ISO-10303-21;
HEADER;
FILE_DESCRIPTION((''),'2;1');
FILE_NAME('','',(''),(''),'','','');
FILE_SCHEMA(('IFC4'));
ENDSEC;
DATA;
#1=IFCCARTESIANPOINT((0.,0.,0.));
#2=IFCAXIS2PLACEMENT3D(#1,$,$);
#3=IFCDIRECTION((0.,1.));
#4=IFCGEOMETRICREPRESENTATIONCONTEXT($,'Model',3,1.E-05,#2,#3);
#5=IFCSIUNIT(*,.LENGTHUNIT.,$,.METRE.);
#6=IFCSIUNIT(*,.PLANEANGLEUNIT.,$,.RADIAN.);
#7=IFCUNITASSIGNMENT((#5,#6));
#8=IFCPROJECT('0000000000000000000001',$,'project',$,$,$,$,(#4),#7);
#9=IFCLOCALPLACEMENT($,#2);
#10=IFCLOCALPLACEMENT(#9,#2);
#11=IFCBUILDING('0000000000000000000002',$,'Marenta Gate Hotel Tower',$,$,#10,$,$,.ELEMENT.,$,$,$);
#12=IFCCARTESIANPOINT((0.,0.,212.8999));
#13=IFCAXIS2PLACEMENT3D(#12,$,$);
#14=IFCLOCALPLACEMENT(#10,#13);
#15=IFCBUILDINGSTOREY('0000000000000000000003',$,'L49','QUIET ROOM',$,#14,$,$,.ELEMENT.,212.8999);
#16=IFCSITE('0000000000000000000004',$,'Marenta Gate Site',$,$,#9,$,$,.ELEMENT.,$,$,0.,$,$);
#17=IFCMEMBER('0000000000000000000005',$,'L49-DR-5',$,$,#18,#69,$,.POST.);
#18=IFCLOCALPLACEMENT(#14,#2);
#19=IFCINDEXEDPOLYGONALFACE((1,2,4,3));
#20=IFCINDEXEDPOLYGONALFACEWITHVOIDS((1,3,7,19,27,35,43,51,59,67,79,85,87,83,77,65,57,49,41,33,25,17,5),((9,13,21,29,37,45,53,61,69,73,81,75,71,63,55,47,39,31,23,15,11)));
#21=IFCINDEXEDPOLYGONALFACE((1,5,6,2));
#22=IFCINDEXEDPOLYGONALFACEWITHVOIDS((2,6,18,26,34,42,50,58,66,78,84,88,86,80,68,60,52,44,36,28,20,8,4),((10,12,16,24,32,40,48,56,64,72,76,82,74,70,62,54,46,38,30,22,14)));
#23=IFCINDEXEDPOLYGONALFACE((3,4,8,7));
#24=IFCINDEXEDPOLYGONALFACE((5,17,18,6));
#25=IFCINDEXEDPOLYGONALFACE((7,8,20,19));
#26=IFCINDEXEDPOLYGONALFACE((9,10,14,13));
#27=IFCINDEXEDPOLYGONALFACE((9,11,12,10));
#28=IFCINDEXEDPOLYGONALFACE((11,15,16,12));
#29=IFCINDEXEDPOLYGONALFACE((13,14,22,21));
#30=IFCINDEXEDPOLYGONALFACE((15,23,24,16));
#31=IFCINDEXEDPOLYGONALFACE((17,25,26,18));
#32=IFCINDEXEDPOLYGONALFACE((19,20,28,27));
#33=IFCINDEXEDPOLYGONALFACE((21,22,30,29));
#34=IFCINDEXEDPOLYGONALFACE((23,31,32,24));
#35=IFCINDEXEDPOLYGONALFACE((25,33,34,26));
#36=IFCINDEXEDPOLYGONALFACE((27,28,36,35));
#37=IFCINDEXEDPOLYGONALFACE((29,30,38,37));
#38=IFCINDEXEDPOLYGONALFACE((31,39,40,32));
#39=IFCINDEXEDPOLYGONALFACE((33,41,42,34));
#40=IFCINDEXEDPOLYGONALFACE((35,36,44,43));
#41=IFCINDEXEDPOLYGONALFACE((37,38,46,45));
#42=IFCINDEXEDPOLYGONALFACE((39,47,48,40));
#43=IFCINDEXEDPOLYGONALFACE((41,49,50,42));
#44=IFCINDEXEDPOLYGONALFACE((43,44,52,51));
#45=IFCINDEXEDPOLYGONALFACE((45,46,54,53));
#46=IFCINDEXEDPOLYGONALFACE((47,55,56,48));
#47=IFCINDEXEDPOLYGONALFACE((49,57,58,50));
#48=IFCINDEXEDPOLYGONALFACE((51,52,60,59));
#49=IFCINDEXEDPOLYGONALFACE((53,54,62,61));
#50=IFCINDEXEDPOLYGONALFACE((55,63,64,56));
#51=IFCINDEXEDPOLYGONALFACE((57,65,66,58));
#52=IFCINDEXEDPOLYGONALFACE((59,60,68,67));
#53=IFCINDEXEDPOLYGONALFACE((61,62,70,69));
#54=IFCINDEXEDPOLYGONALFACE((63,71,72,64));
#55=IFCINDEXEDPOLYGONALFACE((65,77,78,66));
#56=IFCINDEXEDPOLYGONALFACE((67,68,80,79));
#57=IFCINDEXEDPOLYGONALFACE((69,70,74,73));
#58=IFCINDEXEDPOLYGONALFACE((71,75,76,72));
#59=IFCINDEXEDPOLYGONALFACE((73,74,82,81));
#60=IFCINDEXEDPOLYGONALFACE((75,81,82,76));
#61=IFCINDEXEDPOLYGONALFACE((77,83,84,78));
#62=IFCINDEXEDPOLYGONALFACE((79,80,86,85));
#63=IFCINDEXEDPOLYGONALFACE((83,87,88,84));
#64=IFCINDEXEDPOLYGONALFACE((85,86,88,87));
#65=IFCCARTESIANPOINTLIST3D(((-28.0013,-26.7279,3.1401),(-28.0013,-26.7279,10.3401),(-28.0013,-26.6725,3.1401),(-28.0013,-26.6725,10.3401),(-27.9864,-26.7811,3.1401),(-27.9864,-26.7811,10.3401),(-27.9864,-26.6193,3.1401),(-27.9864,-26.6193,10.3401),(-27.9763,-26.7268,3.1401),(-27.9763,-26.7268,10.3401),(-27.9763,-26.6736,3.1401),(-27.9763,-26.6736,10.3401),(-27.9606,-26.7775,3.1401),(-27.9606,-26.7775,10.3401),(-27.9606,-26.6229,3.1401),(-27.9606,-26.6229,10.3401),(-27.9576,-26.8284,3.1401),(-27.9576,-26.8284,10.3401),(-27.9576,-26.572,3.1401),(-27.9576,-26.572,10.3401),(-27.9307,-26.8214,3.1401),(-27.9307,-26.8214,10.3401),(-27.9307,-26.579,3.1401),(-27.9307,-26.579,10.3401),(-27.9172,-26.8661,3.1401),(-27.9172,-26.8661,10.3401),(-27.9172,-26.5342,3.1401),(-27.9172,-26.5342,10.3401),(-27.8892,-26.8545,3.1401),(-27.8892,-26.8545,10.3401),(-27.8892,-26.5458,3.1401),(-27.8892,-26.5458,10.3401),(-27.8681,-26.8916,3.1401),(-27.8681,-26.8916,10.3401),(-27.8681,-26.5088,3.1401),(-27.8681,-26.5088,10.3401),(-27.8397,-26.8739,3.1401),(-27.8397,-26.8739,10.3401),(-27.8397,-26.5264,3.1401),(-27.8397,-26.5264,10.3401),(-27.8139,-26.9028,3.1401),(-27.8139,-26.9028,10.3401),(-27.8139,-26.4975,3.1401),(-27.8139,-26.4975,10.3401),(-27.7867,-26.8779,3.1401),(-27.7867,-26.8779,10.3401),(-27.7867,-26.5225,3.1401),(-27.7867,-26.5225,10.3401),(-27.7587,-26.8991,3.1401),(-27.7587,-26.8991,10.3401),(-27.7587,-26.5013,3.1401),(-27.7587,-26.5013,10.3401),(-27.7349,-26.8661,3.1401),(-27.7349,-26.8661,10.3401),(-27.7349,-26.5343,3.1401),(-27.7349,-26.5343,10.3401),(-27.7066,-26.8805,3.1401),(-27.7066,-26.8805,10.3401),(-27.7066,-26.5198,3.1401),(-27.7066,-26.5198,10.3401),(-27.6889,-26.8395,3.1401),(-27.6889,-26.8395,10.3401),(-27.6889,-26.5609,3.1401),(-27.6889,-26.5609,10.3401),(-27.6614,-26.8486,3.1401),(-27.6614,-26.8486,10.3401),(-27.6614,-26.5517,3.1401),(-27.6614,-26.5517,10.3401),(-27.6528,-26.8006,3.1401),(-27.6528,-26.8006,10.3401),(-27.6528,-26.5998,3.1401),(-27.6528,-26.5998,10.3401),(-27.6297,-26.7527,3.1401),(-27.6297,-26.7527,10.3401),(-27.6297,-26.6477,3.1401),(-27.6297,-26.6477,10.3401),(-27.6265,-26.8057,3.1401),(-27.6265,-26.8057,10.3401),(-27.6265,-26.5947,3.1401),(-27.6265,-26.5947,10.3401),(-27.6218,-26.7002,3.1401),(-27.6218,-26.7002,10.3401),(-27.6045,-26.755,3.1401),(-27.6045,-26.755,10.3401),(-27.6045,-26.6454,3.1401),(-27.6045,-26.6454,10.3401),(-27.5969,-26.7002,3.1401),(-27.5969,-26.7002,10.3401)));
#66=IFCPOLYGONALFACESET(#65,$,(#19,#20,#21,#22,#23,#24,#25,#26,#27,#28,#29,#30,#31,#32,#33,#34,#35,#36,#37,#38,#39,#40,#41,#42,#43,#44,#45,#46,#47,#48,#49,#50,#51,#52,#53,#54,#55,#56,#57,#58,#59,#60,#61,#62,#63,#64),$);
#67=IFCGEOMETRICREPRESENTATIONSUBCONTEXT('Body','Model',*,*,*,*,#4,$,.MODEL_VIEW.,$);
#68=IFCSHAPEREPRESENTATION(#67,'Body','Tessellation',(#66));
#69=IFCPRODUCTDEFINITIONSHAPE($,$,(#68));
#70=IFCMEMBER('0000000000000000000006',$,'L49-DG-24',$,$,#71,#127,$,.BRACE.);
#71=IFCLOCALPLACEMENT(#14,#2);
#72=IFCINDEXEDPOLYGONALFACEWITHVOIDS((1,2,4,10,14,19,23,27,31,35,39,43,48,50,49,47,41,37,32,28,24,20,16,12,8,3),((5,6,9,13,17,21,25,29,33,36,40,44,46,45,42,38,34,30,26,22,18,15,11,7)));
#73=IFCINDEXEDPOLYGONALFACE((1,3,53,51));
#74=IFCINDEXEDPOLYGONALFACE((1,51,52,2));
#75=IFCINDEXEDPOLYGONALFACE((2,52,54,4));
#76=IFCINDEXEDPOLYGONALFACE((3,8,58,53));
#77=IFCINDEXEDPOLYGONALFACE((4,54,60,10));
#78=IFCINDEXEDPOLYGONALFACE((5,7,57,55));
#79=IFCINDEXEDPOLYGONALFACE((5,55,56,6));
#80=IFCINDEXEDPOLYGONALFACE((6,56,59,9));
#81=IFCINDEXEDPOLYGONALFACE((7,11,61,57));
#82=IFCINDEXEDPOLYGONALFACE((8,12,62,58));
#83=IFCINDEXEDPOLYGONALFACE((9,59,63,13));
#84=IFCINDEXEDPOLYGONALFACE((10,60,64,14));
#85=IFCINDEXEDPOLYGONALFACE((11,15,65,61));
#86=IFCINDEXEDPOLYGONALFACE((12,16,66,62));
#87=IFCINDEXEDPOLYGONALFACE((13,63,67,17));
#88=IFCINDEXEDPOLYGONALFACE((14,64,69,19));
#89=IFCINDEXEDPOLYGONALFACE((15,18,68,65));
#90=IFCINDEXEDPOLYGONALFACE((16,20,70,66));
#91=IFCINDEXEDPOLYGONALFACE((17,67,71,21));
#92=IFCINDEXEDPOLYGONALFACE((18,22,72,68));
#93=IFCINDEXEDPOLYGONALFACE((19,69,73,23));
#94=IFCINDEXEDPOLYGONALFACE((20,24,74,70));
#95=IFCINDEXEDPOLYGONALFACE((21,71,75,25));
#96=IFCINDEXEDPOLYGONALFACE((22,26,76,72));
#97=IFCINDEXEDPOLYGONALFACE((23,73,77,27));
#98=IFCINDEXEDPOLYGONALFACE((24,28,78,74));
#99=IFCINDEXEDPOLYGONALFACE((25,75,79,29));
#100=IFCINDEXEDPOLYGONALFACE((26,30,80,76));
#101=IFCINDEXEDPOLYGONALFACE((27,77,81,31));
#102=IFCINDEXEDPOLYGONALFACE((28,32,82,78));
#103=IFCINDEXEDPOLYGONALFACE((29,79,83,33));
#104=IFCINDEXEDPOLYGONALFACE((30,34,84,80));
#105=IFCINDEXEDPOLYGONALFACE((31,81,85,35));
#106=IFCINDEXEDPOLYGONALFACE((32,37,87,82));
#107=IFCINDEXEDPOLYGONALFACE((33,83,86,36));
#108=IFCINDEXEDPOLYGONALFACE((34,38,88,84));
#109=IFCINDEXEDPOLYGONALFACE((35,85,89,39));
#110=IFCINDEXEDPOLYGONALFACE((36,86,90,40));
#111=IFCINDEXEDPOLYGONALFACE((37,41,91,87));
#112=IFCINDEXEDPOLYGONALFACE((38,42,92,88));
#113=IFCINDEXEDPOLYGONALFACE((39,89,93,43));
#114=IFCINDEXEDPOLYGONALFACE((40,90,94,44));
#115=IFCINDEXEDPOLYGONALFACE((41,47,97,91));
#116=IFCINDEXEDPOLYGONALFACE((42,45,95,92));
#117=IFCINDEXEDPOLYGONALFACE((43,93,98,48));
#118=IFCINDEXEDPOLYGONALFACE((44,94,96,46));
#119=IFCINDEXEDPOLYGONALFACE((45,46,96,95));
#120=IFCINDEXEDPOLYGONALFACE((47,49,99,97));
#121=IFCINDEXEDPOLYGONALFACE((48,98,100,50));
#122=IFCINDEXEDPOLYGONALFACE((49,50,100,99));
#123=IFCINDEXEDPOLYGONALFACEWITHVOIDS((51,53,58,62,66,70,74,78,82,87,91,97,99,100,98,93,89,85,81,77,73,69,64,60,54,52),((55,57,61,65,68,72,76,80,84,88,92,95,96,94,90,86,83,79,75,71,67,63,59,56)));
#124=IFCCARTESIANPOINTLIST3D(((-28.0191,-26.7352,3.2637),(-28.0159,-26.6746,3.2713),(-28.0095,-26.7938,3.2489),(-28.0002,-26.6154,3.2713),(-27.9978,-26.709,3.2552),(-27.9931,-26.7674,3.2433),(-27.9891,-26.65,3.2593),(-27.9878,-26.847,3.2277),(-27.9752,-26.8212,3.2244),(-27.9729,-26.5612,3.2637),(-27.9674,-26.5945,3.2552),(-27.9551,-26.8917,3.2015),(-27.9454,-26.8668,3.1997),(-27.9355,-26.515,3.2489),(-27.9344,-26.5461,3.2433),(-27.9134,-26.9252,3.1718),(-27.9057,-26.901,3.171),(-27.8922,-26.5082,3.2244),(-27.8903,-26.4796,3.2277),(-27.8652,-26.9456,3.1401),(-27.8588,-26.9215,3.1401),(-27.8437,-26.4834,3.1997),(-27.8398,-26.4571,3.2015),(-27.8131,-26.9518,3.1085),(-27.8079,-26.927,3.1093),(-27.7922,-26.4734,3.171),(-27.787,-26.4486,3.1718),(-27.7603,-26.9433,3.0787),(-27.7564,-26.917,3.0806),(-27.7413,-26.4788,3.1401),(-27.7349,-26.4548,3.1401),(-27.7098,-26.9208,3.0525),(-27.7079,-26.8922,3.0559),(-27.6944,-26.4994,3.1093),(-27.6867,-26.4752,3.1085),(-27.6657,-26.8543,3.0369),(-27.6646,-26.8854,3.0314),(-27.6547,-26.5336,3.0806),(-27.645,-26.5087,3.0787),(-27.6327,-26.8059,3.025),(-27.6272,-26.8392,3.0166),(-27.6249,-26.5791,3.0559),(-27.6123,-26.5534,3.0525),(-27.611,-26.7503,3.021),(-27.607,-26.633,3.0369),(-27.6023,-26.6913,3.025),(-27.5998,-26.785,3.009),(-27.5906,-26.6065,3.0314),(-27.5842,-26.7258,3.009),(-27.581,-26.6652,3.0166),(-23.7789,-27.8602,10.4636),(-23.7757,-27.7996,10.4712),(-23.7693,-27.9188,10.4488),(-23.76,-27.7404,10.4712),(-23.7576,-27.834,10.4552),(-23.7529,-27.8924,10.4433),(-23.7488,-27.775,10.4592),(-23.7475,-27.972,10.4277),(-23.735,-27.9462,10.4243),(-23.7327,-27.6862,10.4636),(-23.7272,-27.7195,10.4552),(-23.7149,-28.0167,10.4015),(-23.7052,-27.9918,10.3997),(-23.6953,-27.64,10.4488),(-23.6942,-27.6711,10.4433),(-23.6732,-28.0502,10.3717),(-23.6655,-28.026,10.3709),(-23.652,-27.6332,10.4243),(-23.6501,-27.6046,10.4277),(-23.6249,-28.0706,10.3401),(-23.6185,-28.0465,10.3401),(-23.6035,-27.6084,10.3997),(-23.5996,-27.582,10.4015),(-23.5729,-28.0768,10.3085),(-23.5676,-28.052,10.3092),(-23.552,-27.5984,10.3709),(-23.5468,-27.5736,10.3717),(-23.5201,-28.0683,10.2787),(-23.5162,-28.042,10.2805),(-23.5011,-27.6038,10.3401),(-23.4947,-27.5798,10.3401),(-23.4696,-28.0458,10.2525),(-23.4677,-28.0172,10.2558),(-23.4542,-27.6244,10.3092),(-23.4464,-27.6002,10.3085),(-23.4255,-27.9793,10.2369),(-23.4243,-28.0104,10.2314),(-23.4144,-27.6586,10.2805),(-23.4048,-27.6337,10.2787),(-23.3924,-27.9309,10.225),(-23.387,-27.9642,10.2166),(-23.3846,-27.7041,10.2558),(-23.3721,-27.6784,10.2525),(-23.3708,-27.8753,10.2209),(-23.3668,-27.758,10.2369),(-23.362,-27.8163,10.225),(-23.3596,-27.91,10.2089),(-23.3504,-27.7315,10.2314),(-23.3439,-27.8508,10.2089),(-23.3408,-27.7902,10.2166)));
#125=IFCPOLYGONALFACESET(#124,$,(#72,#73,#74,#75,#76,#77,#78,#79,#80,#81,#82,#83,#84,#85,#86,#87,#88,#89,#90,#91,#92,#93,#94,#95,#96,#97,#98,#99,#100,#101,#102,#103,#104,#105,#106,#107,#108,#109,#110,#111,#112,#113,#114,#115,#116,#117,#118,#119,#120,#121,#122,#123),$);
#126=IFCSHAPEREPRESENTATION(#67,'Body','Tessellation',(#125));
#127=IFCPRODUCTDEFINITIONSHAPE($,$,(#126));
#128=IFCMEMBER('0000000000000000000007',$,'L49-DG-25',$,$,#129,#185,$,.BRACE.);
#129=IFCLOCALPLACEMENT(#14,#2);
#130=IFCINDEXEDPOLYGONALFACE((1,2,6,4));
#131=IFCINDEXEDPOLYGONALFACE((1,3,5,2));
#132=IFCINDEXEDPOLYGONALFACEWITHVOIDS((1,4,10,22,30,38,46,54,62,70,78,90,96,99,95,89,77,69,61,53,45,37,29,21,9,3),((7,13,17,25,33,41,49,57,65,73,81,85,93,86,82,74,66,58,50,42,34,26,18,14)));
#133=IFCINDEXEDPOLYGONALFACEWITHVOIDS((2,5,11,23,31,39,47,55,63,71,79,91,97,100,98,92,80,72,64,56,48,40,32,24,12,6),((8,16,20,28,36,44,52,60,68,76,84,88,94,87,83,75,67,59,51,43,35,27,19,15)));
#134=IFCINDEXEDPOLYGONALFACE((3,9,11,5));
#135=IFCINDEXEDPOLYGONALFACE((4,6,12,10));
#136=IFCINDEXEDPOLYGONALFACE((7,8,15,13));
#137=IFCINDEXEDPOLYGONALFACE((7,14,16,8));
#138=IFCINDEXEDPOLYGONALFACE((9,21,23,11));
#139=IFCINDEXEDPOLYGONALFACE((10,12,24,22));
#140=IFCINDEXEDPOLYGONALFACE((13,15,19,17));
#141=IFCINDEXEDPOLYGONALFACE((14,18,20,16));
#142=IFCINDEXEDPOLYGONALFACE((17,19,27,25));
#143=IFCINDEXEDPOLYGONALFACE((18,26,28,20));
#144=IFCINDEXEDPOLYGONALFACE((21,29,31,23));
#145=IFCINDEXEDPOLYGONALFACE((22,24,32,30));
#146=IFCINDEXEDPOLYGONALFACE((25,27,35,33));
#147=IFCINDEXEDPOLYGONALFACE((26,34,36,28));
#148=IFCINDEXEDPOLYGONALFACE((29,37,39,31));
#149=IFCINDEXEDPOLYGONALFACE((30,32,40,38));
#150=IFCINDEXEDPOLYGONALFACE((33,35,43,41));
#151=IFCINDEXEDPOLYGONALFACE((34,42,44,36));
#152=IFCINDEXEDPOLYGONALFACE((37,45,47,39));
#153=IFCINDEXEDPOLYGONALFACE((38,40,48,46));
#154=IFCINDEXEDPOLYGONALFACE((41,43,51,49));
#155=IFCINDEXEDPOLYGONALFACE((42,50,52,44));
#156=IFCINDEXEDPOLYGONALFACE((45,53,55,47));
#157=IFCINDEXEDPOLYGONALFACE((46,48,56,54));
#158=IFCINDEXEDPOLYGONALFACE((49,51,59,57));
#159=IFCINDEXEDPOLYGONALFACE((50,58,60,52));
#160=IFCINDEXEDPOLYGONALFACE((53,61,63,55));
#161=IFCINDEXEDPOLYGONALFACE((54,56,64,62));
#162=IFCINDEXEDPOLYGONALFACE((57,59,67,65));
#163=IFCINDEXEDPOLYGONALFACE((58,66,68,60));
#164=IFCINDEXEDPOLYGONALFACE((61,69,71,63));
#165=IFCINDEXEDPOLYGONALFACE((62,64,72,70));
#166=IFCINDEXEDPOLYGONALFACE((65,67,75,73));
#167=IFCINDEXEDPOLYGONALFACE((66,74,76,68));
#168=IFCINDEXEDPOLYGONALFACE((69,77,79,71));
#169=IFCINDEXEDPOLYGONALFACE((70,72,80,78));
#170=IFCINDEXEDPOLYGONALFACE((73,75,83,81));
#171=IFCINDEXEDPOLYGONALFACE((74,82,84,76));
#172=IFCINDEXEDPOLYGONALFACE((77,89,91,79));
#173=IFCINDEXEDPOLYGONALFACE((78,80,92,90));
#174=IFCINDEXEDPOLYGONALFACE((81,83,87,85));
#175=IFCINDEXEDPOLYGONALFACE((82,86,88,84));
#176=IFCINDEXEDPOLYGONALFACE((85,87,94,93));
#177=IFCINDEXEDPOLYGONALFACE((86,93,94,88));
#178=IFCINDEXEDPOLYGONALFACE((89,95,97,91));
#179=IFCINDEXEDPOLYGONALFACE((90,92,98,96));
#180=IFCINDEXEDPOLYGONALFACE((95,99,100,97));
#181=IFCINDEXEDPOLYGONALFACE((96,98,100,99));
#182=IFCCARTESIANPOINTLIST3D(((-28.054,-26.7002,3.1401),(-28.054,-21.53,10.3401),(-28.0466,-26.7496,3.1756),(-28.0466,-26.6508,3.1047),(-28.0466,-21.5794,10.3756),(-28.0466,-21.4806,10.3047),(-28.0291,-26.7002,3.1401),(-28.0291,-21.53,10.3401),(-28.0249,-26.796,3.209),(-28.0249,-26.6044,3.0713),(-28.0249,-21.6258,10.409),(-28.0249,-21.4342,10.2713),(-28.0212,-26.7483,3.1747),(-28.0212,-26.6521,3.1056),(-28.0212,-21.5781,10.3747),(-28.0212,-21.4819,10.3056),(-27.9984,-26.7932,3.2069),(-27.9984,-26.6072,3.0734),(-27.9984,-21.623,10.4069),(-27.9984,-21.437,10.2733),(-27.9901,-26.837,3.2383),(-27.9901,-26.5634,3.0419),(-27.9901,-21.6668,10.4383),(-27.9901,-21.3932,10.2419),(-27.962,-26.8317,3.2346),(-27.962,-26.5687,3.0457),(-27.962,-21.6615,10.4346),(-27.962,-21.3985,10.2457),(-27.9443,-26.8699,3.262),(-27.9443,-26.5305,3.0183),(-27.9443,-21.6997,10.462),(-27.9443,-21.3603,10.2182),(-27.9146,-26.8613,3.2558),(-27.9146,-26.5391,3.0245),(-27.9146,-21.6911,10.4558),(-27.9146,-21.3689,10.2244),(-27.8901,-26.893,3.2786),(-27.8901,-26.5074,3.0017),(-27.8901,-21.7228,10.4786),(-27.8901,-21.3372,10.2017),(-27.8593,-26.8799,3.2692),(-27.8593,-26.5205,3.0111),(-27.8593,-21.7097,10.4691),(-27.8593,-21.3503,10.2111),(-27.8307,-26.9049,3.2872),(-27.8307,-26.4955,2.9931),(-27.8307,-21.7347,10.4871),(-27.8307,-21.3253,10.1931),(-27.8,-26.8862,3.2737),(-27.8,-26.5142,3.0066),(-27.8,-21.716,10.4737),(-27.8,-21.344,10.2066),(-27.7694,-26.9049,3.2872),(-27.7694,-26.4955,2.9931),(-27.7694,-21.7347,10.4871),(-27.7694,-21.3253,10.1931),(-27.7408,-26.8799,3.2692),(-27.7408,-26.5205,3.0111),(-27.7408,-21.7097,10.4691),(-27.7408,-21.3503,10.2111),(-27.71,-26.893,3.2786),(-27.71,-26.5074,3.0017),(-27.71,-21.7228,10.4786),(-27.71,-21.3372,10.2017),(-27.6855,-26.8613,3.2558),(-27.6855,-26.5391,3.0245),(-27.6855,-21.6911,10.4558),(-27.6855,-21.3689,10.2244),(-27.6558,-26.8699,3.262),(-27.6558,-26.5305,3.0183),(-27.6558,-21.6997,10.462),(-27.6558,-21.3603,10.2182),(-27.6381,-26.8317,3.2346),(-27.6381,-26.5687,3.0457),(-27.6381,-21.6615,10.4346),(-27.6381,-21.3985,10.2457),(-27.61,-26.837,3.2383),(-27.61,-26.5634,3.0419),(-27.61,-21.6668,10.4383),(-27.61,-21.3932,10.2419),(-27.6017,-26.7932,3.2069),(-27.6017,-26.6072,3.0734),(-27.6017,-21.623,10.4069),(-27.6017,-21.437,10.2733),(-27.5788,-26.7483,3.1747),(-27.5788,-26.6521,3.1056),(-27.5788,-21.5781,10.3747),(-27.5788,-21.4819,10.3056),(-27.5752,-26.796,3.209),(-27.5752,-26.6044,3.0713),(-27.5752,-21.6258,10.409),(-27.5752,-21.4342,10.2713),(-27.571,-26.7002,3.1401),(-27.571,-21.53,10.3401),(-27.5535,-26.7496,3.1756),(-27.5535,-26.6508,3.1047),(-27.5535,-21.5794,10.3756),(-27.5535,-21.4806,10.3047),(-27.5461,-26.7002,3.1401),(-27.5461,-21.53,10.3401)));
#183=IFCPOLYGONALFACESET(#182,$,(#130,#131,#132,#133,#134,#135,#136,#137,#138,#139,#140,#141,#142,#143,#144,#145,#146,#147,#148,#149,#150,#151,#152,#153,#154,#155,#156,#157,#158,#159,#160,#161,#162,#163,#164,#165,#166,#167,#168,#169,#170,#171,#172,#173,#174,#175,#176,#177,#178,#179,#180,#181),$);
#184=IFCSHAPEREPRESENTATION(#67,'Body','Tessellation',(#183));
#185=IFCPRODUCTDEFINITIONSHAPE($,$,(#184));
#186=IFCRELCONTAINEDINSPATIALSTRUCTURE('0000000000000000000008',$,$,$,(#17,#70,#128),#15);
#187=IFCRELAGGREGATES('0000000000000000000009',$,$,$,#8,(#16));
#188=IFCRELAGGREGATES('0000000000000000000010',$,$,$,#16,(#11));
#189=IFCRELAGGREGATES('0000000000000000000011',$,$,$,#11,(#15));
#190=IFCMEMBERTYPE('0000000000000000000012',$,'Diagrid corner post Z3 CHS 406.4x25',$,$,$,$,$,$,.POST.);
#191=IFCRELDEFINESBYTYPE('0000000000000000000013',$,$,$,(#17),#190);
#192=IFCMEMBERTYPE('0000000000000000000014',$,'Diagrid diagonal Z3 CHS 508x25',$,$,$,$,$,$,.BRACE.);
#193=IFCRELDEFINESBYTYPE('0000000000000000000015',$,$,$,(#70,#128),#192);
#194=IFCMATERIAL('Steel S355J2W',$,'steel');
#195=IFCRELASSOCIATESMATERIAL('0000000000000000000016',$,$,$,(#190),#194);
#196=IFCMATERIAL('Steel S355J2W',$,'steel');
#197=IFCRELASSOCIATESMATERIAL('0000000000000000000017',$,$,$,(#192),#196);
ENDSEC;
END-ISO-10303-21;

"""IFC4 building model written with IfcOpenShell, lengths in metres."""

from ifc_helpers import new_model, si_unit, direction, frame, origin, origin_2d, place, context, subcontext, project, spatial, hollow_circle, extrude, material, material_profile, profile_set, type_object, element, save


model = new_model("IFC4")

# Units and contexts
model_context = context("Model", 3, precision=1e-05, world=origin(), true_north=direction((0.0, 1.0)))
body_context = subcontext(model_context, "Body", "Model", "MODEL_VIEW")
ifc_project = project(units=[si_unit("LENGTHUNIT", "METRE"), si_unit("PLANEANGLEUNIT", "RADIAN")], contexts=[model_context])

# Site, building, storey
site_placement = place(None, origin())
site = spatial("IfcSite", under=ifc_project, at=site_placement, Name="Marenta Gate Site", CompositionType="ELEMENT", RefElevation=0.0)
building_placement = place(site_placement, origin())
building = spatial("IfcBuilding", under=site, at=building_placement, Name="Marenta Gate Hotel Tower", CompositionType="ELEMENT")
storey_placement = place(building_placement, frame((0.0, 0.0, 212.8999)))
storey = spatial("IfcBuildingStorey", under=building, at=storey_placement, Name="L49", Description="QUIET ROOM", CompositionType="ELEMENT", Elevation=212.8999)

# Members
ifc_material_1 = material(Name="Steel S355J2W", Category="steel")
ifc_material_profile_1 = material_profile(ifc_material_1, hollow_circle(Radius=0.2031, WallThickness=0.0249, at=origin_2d()), Name="CHS 406.4x25")
ifc_profile_set_1 = profile_set([ifc_material_profile_1], Name="Steel S355J2W")
member_type_1 = type_object("IfcMemberType", Name="Diagrid corner post Z3 CHS 406.4x25", PredefinedType="POST", material=ifc_profile_set_1)
member_1_placement = place(storey_placement, frame((-27.8, -26.7002, 3.1401), z_axis=(0.0, 0.0, 1.0), x_axis=(1.0, 0.0, 0.0)))
element("IfcMember", 1, at=member_1_placement, inside=storey, type_object=member_type_1, Name="L49-DR-5", PredefinedType="POST", context=body_context, shape_type="SweptSolid", body=[
    extrude(hollow_circle(Radius=0.2031, WallThickness=0.0249, at=origin_2d()), origin(), (0.0, 0.0, 1.0), 7.2),
])
ifc_material_2 = material(Name="Steel S355J2W", Category="steel")
ifc_material_profile_2 = material_profile(ifc_material_2, hollow_circle(Radius=0.2539, WallThickness=0.0249, at=origin_2d()), Name="CHS 508x25")
ifc_profile_set_2 = profile_set([ifc_material_profile_2], Name="Steel S355J2W")
member_type_2 = type_object("IfcMemberType", Name="Diagrid diagonal Z3 CHS 508x25", PredefinedType="BRACE", material=ifc_profile_set_2)
member_2_placement = place(storey_placement, frame((-27.8, -26.7002, 3.1401), z_axis=(0.502924, -0.133434, 0.853969), x_axis=(0.256443, 0.966559, 0.0)))
element("IfcMember", 2, at=member_2_placement, inside=storey, type_object=member_type_2, Name="L49-DG-24", PredefinedType="BRACE", context=body_context, shape_type="SweptSolid", body=[
    extrude(hollow_circle(Radius=0.2539, WallThickness=0.0249, at=origin_2d()), origin(), (0.0, 0.0, 1.0), 8.4312),
])
member_3_placement = place(storey_placement, frame((-27.8, -26.7002, 3.1401), z_axis=(0.0, 0.583279, 0.812272), x_axis=(-1.0, 0.0, 0.0)))
element("IfcMember", 3, at=member_3_placement, inside=storey, type_object=member_type_2, Name="L49-DG-25", PredefinedType="BRACE", context=body_context, shape_type="SweptSolid", body=[
    extrude(hollow_circle(Radius=0.2539, WallThickness=0.0249, at=origin_2d()), origin(), (0.0, 0.0, 1.0), 8.864),
])

save(model, "model.ifc")
